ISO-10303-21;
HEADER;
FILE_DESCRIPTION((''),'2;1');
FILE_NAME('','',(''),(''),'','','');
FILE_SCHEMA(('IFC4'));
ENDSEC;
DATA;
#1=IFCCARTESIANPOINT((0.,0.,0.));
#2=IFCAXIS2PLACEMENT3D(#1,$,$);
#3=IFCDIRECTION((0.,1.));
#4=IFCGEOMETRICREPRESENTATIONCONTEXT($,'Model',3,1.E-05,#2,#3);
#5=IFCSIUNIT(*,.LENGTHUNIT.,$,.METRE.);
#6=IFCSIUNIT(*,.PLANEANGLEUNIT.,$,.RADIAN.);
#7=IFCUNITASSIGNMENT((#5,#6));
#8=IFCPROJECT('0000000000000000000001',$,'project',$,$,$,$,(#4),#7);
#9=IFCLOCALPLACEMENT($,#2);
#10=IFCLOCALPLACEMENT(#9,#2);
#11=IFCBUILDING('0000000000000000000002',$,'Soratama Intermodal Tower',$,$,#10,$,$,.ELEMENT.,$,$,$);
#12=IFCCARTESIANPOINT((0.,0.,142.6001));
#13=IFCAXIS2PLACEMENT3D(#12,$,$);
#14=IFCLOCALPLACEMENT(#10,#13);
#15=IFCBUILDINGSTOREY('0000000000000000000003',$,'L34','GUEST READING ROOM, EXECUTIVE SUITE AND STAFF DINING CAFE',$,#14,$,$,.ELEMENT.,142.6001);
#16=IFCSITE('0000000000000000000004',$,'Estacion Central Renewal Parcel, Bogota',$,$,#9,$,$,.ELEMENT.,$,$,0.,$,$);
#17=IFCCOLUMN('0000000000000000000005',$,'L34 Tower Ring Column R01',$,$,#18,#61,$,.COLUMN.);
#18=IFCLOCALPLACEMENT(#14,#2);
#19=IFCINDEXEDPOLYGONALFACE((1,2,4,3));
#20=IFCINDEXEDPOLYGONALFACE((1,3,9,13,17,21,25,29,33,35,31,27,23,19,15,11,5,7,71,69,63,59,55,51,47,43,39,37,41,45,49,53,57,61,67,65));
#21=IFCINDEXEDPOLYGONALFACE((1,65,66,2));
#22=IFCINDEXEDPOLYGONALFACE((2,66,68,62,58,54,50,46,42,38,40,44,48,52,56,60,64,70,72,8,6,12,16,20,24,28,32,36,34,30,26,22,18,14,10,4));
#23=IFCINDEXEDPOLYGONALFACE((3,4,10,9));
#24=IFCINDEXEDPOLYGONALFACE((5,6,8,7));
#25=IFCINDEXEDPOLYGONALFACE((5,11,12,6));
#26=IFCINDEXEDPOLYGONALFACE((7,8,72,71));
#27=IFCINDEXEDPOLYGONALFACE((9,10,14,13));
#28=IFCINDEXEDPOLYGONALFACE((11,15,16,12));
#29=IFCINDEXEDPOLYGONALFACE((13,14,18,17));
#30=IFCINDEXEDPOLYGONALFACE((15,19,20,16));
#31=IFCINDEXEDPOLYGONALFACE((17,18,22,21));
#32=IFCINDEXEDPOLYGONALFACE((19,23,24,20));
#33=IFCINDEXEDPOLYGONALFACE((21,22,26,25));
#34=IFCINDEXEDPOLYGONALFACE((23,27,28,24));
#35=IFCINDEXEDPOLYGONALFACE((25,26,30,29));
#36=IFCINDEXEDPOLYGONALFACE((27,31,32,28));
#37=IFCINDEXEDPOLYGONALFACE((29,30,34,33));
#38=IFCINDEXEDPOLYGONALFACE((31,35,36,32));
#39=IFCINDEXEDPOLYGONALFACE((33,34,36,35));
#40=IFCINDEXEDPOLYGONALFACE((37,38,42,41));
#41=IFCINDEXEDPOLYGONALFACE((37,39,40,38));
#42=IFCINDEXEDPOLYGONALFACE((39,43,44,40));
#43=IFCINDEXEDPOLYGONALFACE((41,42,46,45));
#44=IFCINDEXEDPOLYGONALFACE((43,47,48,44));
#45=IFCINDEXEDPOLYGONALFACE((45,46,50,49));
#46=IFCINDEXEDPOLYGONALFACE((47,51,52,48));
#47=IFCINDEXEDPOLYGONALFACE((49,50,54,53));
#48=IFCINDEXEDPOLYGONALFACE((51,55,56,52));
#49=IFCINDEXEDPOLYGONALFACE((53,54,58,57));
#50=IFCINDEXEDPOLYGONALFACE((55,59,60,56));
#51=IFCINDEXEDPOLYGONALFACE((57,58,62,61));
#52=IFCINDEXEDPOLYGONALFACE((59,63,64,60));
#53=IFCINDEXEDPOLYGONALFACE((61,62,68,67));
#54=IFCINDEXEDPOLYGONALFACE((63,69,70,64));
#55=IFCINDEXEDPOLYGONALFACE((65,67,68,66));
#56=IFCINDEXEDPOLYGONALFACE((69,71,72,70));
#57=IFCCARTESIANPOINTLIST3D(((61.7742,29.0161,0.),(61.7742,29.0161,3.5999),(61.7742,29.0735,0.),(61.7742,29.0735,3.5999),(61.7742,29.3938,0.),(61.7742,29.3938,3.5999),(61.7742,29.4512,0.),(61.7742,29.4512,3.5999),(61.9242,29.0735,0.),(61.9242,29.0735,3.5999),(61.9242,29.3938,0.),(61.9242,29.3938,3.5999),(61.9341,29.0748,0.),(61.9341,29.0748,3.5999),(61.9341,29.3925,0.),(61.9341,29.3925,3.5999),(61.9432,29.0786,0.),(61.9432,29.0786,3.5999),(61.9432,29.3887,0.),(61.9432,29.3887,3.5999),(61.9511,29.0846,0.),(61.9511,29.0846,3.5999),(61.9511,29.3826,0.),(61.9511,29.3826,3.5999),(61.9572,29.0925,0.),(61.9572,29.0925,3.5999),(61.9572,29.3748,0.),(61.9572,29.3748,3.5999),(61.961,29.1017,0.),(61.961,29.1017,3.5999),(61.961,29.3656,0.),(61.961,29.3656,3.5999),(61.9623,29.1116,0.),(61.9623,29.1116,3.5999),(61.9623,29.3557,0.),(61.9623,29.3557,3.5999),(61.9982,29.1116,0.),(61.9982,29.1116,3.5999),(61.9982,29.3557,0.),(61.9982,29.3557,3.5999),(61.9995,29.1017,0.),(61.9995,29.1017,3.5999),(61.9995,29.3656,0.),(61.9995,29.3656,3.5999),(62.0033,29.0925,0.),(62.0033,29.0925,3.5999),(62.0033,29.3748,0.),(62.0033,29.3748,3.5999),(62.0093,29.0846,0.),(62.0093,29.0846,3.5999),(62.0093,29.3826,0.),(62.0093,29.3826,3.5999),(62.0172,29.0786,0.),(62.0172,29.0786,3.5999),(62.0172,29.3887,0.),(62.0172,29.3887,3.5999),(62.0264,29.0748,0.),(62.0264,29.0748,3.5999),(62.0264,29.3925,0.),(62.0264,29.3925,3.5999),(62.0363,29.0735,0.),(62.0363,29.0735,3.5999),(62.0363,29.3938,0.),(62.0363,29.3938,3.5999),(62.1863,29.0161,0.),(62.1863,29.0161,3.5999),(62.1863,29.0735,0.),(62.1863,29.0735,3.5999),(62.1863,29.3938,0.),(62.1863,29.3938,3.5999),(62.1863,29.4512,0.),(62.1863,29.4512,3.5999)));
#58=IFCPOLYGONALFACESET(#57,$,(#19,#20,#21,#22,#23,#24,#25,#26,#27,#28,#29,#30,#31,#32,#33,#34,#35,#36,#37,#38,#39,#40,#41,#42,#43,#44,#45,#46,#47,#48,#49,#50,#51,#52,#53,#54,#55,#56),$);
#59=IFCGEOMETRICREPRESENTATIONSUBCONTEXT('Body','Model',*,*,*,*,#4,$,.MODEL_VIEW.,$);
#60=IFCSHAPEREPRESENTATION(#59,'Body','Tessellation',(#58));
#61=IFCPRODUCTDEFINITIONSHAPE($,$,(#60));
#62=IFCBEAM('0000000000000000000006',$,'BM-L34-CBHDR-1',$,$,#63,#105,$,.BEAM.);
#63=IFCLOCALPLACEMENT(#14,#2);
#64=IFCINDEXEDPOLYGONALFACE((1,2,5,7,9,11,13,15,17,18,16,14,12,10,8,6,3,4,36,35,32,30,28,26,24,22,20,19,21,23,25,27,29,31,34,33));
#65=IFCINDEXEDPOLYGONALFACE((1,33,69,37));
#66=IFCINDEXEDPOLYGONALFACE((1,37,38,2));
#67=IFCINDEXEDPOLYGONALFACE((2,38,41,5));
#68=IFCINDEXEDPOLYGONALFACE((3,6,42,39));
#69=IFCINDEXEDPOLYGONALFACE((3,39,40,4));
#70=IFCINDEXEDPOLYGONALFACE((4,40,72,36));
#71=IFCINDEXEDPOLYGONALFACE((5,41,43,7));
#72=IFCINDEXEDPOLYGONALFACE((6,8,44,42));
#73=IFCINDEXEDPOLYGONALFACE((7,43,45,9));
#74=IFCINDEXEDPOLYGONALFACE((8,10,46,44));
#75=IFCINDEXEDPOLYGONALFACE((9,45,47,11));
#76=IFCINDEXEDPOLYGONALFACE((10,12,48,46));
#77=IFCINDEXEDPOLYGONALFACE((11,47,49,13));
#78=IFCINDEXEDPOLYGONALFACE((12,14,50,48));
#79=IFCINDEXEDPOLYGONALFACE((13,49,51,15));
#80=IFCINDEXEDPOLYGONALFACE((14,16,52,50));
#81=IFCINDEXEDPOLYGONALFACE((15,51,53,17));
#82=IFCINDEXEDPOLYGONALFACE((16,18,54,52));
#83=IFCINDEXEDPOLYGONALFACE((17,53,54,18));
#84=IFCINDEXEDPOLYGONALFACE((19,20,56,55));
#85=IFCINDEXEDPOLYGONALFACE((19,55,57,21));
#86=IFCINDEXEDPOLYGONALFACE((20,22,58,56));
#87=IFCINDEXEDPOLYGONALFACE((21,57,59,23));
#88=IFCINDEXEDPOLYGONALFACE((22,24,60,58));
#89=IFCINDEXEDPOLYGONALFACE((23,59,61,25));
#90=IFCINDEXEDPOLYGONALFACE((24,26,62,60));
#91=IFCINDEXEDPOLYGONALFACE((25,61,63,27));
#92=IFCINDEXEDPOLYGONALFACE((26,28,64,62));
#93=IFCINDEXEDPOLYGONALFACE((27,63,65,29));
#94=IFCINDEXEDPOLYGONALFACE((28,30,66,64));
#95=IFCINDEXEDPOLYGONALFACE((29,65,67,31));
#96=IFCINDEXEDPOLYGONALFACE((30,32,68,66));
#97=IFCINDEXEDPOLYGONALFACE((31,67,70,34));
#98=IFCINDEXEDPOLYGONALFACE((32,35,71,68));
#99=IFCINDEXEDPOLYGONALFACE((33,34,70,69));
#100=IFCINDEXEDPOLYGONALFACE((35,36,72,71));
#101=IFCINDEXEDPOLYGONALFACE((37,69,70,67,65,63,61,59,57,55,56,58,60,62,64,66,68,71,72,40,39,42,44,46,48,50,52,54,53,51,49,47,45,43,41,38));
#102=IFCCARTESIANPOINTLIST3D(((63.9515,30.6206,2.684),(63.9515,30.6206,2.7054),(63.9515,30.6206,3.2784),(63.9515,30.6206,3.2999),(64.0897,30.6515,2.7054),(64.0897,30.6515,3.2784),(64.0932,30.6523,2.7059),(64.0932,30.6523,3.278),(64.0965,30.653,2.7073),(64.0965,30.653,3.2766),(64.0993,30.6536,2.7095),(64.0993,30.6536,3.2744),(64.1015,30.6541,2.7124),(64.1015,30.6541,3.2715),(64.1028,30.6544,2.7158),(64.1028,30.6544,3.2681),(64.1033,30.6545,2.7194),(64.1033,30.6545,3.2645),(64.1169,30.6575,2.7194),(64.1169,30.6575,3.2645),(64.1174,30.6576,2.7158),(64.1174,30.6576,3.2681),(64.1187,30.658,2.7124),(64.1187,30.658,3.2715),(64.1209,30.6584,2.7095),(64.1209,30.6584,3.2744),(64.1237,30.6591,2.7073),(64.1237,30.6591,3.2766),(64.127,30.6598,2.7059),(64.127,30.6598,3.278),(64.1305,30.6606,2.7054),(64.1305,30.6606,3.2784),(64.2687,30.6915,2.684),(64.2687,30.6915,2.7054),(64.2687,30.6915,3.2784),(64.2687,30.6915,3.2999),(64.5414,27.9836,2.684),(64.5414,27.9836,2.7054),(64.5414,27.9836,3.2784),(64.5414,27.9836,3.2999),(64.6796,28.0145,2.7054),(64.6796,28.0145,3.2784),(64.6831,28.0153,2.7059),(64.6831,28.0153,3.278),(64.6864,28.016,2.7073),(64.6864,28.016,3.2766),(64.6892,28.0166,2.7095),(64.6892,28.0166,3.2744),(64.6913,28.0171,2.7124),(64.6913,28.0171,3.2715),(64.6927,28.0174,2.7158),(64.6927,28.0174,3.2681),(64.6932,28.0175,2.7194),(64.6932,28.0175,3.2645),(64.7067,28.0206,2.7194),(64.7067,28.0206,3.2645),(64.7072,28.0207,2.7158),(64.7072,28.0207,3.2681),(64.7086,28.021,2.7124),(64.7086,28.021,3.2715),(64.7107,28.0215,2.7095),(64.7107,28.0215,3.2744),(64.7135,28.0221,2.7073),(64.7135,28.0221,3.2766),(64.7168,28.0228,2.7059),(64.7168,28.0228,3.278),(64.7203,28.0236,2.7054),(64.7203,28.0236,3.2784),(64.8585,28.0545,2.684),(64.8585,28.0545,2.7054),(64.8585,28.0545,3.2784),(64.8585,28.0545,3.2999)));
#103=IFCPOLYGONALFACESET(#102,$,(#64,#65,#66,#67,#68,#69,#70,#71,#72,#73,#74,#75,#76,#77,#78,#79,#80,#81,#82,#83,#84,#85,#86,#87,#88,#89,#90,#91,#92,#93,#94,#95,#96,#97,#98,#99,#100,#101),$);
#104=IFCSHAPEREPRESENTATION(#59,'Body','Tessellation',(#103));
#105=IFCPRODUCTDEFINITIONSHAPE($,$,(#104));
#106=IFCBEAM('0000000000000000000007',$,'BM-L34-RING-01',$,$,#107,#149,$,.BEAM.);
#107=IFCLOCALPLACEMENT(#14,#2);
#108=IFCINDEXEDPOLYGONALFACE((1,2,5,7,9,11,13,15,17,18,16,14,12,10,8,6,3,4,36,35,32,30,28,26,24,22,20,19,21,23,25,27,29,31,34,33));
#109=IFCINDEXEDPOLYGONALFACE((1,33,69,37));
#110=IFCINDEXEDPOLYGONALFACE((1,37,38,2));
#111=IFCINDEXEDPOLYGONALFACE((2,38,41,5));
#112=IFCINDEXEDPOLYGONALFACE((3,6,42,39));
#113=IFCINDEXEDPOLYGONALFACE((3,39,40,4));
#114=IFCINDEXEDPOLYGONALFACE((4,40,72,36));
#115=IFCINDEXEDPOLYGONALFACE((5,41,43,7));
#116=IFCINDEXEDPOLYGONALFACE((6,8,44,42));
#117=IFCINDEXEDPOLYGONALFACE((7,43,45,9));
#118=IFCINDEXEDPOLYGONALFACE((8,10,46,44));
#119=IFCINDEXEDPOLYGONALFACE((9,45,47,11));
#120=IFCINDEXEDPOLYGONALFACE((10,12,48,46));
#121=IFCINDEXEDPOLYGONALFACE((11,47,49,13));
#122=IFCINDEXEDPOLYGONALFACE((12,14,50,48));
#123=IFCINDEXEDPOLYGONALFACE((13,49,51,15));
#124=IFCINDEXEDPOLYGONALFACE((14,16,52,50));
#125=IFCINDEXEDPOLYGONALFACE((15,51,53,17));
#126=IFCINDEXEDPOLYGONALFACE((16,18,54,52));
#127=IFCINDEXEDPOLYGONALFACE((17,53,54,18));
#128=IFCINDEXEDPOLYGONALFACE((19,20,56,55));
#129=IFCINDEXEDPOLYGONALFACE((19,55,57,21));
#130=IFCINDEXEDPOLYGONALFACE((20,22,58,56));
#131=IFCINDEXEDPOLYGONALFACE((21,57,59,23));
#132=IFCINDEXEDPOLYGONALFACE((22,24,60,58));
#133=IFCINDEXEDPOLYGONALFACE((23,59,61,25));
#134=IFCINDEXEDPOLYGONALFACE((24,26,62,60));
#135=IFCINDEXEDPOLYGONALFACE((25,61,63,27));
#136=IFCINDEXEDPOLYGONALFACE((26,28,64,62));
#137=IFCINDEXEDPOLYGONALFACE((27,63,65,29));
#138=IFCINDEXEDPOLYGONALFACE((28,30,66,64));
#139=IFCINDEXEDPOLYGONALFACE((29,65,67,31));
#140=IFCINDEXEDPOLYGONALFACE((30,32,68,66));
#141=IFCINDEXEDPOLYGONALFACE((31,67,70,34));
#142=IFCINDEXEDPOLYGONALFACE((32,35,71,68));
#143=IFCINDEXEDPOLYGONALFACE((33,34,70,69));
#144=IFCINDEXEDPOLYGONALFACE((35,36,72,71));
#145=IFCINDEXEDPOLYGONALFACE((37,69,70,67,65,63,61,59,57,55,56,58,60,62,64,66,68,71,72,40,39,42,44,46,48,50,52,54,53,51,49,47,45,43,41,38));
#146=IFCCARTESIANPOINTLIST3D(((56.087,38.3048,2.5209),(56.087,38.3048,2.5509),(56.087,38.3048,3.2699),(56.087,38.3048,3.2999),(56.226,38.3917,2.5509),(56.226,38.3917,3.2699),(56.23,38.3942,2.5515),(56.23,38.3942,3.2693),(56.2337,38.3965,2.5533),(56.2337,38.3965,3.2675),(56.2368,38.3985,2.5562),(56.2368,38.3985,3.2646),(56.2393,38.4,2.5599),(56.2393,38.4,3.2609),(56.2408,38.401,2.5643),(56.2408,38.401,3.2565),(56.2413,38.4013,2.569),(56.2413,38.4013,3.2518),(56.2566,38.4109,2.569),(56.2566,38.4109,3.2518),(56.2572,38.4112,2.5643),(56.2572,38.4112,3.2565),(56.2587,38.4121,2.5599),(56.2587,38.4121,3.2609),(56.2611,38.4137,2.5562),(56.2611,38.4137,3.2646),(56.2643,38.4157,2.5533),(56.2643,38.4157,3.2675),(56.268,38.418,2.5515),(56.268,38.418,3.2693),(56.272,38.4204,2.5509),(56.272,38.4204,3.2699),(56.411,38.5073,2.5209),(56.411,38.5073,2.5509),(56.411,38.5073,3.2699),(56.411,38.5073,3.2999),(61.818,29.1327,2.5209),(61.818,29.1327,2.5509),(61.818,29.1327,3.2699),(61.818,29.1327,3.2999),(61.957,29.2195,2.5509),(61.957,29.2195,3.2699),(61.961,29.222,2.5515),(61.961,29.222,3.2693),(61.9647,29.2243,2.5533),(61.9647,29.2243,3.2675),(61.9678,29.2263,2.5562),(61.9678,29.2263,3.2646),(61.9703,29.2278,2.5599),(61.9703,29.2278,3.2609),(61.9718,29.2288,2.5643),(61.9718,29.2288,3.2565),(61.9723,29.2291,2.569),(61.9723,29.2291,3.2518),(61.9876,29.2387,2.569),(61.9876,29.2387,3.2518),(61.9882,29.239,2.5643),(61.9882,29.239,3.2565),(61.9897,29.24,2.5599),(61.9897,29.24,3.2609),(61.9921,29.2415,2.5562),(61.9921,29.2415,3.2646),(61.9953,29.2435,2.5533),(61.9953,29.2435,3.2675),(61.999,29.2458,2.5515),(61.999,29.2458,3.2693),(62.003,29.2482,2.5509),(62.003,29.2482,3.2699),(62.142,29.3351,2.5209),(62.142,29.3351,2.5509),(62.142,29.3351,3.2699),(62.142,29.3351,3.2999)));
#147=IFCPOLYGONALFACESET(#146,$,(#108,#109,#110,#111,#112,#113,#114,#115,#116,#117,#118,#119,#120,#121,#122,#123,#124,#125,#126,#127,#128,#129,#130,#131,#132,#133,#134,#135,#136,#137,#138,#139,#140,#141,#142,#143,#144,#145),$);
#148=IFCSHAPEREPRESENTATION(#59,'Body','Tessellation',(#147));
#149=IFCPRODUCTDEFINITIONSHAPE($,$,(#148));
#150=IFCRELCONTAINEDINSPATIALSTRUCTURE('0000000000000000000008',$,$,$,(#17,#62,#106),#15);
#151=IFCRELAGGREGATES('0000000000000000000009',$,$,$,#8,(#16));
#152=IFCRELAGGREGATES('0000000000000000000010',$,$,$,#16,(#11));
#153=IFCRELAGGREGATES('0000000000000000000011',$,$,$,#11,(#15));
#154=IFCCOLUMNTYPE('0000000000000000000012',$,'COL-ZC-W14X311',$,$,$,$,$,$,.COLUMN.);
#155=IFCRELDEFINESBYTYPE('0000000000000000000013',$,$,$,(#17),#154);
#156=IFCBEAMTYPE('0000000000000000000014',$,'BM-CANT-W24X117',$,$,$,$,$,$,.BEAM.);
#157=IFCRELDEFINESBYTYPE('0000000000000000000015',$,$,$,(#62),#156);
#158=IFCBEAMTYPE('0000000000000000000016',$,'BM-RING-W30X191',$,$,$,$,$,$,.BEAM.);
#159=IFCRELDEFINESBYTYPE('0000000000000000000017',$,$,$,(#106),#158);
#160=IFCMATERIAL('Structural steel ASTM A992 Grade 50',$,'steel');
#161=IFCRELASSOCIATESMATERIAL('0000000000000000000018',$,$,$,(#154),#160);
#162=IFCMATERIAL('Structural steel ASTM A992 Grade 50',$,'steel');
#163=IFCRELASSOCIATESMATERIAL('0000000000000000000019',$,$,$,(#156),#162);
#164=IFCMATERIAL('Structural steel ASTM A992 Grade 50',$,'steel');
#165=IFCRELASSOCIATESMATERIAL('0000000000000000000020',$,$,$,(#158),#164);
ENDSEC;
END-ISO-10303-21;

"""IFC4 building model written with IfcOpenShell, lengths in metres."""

from ifc_helpers import new_model, si_unit, direction, frame, origin, origin_2d, place, context, subcontext, project, spatial, i_section, extrude, material, material_profile, profile_set, type_object, element, save


model = new_model("IFC4")

# Units and contexts
model_context = context("Model", 3, precision=1e-05, world=origin(), true_north=direction((0.0, 1.0)))
body_context = subcontext(model_context, "Body", "Model", "MODEL_VIEW")
ifc_project = project(units=[si_unit("LENGTHUNIT", "METRE"), si_unit("PLANEANGLEUNIT", "RADIAN")], contexts=[model_context])

# Site, building, storey
site_placement = place(None, origin())
site = spatial("IfcSite", under=ifc_project, at=site_placement, Name="Estacion Central Renewal Parcel, Bogota", CompositionType="ELEMENT", RefElevation=0.0)
building_placement = place(site_placement, origin())
building = spatial("IfcBuilding", under=site, at=building_placement, Name="Soratama Intermodal Tower", CompositionType="ELEMENT")
storey_placement = place(building_placement, frame((0.0, 0.0, 142.6001)))
storey = spatial("IfcBuildingStorey", under=building, at=storey_placement, Name="L34", Description="GUEST READING ROOM, EXECUTIVE SUITE AND STAFF DINING CAFE", CompositionType="ELEMENT", Elevation=142.6001)

# Column
ifc_material_1 = material(Name="Structural steel ASTM A992 Grade 50", Category="steel")
ifc_material_profile_1 = material_profile(ifc_material_1, i_section(OverallWidth=0.4121, OverallDepth=0.4351, WebThickness=0.0359, FlangeThickness=0.0574, FilletRadius=0.0381, at=origin_2d()), Name="W14X311")
ifc_profile_set_1 = profile_set([ifc_material_profile_1], Name="Structural steel ASTM A992 Grade 50")
column_type = type_object("IfcColumnType", Name="COL-ZC-W14X311", PredefinedType="COLUMN", material=ifc_profile_set_1)
column_placement = place(storey_placement, frame((61.9802, 29.2336, 0.0), z_axis=(0.0, 0.0, 1.0), x_axis=(1.0, 0.0, 0.0)))
element("IfcColumn", 1, at=column_placement, inside=storey, type_object=column_type, Name="L34 Tower Ring Column R01", PredefinedType="COLUMN", context=body_context, shape_type="SweptSolid", body=[
    extrude(i_section(OverallWidth=0.4121, OverallDepth=0.4351, WebThickness=0.0359, FlangeThickness=0.0574, FilletRadius=0.0381, at=origin_2d()), origin(), (0.0, 0.0, 1.0), 3.5999),
])

# Beams
ifc_material_2 = material(Name="Structural steel ASTM A992 Grade 50", Category="steel")
ifc_material_profile_2 = material_profile(ifc_material_2, i_section(OverallWidth=0.325, OverallDepth=0.616, WebThickness=0.0139, FlangeThickness=0.0215, FilletRadius=0.0139, at=origin_2d()), Name="W24X117")
ifc_profile_set_2 = profile_set([ifc_material_profile_2], Name="Structural steel ASTM A992 Grade 50")
beam_type_1 = type_object("IfcBeamType", Name="BM-CANT-W24X117", PredefinedType="BEAM", material=ifc_profile_set_2)
beam_1_placement = place(storey_placement, frame((64.7, 28.019, 2.9919), z_axis=(-0.218289, 0.975884, 0.0), x_axis=(-0.975884, -0.218289, 0.0)))
element("IfcBeam", 2, at=beam_1_placement, inside=storey, type_object=beam_type_1, Name="BM-L34-CBHDR-1", PredefinedType="BEAM", context=body_context, shape_type="SweptSolid", body=[
    extrude(i_section(OverallWidth=0.325, OverallDepth=0.616, WebThickness=0.0139, FlangeThickness=0.0215, FilletRadius=0.0139, at=origin_2d()), origin(), (0.0, 0.0, 1.0), 2.7021),
])
ifc_material_3 = material(Name="Structural steel ASTM A992 Grade 50", Category="steel")
ifc_material_profile_3 = material_profile(ifc_material_3, i_section(OverallWidth=0.3821, OverallDepth=0.7791, WebThickness=0.0181, FlangeThickness=0.03, FilletRadius=0.0181, at=origin_2d()), Name="W30X191")
ifc_profile_set_3 = profile_set([ifc_material_profile_3], Name="Structural steel ASTM A992 Grade 50")
beam_type_2 = type_object("IfcBeamType", Name="BM-RING-W30X191", PredefinedType="BEAM", material=ifc_profile_set_3)
beam_2_placement = place(storey_placement, frame((61.98, 29.2339, 2.9104), z_axis=(-0.529891, 0.848066, 0.0), x_axis=(-0.848066, -0.529891, 0.0)))
element("IfcBeam", 3, at=beam_2_placement, inside=storey, type_object=beam_type_2, Name="BM-L34-RING-01", PredefinedType="BEAM", context=body_context, shape_type="SweptSolid", body=[
    extrude(i_section(OverallWidth=0.3821, OverallDepth=0.7791, WebThickness=0.0181, FlangeThickness=0.03, FilletRadius=0.0181, at=origin_2d()), origin(), (0.0, 0.0, 1.0), 10.8154),
])

save(model, "model.ifc")
